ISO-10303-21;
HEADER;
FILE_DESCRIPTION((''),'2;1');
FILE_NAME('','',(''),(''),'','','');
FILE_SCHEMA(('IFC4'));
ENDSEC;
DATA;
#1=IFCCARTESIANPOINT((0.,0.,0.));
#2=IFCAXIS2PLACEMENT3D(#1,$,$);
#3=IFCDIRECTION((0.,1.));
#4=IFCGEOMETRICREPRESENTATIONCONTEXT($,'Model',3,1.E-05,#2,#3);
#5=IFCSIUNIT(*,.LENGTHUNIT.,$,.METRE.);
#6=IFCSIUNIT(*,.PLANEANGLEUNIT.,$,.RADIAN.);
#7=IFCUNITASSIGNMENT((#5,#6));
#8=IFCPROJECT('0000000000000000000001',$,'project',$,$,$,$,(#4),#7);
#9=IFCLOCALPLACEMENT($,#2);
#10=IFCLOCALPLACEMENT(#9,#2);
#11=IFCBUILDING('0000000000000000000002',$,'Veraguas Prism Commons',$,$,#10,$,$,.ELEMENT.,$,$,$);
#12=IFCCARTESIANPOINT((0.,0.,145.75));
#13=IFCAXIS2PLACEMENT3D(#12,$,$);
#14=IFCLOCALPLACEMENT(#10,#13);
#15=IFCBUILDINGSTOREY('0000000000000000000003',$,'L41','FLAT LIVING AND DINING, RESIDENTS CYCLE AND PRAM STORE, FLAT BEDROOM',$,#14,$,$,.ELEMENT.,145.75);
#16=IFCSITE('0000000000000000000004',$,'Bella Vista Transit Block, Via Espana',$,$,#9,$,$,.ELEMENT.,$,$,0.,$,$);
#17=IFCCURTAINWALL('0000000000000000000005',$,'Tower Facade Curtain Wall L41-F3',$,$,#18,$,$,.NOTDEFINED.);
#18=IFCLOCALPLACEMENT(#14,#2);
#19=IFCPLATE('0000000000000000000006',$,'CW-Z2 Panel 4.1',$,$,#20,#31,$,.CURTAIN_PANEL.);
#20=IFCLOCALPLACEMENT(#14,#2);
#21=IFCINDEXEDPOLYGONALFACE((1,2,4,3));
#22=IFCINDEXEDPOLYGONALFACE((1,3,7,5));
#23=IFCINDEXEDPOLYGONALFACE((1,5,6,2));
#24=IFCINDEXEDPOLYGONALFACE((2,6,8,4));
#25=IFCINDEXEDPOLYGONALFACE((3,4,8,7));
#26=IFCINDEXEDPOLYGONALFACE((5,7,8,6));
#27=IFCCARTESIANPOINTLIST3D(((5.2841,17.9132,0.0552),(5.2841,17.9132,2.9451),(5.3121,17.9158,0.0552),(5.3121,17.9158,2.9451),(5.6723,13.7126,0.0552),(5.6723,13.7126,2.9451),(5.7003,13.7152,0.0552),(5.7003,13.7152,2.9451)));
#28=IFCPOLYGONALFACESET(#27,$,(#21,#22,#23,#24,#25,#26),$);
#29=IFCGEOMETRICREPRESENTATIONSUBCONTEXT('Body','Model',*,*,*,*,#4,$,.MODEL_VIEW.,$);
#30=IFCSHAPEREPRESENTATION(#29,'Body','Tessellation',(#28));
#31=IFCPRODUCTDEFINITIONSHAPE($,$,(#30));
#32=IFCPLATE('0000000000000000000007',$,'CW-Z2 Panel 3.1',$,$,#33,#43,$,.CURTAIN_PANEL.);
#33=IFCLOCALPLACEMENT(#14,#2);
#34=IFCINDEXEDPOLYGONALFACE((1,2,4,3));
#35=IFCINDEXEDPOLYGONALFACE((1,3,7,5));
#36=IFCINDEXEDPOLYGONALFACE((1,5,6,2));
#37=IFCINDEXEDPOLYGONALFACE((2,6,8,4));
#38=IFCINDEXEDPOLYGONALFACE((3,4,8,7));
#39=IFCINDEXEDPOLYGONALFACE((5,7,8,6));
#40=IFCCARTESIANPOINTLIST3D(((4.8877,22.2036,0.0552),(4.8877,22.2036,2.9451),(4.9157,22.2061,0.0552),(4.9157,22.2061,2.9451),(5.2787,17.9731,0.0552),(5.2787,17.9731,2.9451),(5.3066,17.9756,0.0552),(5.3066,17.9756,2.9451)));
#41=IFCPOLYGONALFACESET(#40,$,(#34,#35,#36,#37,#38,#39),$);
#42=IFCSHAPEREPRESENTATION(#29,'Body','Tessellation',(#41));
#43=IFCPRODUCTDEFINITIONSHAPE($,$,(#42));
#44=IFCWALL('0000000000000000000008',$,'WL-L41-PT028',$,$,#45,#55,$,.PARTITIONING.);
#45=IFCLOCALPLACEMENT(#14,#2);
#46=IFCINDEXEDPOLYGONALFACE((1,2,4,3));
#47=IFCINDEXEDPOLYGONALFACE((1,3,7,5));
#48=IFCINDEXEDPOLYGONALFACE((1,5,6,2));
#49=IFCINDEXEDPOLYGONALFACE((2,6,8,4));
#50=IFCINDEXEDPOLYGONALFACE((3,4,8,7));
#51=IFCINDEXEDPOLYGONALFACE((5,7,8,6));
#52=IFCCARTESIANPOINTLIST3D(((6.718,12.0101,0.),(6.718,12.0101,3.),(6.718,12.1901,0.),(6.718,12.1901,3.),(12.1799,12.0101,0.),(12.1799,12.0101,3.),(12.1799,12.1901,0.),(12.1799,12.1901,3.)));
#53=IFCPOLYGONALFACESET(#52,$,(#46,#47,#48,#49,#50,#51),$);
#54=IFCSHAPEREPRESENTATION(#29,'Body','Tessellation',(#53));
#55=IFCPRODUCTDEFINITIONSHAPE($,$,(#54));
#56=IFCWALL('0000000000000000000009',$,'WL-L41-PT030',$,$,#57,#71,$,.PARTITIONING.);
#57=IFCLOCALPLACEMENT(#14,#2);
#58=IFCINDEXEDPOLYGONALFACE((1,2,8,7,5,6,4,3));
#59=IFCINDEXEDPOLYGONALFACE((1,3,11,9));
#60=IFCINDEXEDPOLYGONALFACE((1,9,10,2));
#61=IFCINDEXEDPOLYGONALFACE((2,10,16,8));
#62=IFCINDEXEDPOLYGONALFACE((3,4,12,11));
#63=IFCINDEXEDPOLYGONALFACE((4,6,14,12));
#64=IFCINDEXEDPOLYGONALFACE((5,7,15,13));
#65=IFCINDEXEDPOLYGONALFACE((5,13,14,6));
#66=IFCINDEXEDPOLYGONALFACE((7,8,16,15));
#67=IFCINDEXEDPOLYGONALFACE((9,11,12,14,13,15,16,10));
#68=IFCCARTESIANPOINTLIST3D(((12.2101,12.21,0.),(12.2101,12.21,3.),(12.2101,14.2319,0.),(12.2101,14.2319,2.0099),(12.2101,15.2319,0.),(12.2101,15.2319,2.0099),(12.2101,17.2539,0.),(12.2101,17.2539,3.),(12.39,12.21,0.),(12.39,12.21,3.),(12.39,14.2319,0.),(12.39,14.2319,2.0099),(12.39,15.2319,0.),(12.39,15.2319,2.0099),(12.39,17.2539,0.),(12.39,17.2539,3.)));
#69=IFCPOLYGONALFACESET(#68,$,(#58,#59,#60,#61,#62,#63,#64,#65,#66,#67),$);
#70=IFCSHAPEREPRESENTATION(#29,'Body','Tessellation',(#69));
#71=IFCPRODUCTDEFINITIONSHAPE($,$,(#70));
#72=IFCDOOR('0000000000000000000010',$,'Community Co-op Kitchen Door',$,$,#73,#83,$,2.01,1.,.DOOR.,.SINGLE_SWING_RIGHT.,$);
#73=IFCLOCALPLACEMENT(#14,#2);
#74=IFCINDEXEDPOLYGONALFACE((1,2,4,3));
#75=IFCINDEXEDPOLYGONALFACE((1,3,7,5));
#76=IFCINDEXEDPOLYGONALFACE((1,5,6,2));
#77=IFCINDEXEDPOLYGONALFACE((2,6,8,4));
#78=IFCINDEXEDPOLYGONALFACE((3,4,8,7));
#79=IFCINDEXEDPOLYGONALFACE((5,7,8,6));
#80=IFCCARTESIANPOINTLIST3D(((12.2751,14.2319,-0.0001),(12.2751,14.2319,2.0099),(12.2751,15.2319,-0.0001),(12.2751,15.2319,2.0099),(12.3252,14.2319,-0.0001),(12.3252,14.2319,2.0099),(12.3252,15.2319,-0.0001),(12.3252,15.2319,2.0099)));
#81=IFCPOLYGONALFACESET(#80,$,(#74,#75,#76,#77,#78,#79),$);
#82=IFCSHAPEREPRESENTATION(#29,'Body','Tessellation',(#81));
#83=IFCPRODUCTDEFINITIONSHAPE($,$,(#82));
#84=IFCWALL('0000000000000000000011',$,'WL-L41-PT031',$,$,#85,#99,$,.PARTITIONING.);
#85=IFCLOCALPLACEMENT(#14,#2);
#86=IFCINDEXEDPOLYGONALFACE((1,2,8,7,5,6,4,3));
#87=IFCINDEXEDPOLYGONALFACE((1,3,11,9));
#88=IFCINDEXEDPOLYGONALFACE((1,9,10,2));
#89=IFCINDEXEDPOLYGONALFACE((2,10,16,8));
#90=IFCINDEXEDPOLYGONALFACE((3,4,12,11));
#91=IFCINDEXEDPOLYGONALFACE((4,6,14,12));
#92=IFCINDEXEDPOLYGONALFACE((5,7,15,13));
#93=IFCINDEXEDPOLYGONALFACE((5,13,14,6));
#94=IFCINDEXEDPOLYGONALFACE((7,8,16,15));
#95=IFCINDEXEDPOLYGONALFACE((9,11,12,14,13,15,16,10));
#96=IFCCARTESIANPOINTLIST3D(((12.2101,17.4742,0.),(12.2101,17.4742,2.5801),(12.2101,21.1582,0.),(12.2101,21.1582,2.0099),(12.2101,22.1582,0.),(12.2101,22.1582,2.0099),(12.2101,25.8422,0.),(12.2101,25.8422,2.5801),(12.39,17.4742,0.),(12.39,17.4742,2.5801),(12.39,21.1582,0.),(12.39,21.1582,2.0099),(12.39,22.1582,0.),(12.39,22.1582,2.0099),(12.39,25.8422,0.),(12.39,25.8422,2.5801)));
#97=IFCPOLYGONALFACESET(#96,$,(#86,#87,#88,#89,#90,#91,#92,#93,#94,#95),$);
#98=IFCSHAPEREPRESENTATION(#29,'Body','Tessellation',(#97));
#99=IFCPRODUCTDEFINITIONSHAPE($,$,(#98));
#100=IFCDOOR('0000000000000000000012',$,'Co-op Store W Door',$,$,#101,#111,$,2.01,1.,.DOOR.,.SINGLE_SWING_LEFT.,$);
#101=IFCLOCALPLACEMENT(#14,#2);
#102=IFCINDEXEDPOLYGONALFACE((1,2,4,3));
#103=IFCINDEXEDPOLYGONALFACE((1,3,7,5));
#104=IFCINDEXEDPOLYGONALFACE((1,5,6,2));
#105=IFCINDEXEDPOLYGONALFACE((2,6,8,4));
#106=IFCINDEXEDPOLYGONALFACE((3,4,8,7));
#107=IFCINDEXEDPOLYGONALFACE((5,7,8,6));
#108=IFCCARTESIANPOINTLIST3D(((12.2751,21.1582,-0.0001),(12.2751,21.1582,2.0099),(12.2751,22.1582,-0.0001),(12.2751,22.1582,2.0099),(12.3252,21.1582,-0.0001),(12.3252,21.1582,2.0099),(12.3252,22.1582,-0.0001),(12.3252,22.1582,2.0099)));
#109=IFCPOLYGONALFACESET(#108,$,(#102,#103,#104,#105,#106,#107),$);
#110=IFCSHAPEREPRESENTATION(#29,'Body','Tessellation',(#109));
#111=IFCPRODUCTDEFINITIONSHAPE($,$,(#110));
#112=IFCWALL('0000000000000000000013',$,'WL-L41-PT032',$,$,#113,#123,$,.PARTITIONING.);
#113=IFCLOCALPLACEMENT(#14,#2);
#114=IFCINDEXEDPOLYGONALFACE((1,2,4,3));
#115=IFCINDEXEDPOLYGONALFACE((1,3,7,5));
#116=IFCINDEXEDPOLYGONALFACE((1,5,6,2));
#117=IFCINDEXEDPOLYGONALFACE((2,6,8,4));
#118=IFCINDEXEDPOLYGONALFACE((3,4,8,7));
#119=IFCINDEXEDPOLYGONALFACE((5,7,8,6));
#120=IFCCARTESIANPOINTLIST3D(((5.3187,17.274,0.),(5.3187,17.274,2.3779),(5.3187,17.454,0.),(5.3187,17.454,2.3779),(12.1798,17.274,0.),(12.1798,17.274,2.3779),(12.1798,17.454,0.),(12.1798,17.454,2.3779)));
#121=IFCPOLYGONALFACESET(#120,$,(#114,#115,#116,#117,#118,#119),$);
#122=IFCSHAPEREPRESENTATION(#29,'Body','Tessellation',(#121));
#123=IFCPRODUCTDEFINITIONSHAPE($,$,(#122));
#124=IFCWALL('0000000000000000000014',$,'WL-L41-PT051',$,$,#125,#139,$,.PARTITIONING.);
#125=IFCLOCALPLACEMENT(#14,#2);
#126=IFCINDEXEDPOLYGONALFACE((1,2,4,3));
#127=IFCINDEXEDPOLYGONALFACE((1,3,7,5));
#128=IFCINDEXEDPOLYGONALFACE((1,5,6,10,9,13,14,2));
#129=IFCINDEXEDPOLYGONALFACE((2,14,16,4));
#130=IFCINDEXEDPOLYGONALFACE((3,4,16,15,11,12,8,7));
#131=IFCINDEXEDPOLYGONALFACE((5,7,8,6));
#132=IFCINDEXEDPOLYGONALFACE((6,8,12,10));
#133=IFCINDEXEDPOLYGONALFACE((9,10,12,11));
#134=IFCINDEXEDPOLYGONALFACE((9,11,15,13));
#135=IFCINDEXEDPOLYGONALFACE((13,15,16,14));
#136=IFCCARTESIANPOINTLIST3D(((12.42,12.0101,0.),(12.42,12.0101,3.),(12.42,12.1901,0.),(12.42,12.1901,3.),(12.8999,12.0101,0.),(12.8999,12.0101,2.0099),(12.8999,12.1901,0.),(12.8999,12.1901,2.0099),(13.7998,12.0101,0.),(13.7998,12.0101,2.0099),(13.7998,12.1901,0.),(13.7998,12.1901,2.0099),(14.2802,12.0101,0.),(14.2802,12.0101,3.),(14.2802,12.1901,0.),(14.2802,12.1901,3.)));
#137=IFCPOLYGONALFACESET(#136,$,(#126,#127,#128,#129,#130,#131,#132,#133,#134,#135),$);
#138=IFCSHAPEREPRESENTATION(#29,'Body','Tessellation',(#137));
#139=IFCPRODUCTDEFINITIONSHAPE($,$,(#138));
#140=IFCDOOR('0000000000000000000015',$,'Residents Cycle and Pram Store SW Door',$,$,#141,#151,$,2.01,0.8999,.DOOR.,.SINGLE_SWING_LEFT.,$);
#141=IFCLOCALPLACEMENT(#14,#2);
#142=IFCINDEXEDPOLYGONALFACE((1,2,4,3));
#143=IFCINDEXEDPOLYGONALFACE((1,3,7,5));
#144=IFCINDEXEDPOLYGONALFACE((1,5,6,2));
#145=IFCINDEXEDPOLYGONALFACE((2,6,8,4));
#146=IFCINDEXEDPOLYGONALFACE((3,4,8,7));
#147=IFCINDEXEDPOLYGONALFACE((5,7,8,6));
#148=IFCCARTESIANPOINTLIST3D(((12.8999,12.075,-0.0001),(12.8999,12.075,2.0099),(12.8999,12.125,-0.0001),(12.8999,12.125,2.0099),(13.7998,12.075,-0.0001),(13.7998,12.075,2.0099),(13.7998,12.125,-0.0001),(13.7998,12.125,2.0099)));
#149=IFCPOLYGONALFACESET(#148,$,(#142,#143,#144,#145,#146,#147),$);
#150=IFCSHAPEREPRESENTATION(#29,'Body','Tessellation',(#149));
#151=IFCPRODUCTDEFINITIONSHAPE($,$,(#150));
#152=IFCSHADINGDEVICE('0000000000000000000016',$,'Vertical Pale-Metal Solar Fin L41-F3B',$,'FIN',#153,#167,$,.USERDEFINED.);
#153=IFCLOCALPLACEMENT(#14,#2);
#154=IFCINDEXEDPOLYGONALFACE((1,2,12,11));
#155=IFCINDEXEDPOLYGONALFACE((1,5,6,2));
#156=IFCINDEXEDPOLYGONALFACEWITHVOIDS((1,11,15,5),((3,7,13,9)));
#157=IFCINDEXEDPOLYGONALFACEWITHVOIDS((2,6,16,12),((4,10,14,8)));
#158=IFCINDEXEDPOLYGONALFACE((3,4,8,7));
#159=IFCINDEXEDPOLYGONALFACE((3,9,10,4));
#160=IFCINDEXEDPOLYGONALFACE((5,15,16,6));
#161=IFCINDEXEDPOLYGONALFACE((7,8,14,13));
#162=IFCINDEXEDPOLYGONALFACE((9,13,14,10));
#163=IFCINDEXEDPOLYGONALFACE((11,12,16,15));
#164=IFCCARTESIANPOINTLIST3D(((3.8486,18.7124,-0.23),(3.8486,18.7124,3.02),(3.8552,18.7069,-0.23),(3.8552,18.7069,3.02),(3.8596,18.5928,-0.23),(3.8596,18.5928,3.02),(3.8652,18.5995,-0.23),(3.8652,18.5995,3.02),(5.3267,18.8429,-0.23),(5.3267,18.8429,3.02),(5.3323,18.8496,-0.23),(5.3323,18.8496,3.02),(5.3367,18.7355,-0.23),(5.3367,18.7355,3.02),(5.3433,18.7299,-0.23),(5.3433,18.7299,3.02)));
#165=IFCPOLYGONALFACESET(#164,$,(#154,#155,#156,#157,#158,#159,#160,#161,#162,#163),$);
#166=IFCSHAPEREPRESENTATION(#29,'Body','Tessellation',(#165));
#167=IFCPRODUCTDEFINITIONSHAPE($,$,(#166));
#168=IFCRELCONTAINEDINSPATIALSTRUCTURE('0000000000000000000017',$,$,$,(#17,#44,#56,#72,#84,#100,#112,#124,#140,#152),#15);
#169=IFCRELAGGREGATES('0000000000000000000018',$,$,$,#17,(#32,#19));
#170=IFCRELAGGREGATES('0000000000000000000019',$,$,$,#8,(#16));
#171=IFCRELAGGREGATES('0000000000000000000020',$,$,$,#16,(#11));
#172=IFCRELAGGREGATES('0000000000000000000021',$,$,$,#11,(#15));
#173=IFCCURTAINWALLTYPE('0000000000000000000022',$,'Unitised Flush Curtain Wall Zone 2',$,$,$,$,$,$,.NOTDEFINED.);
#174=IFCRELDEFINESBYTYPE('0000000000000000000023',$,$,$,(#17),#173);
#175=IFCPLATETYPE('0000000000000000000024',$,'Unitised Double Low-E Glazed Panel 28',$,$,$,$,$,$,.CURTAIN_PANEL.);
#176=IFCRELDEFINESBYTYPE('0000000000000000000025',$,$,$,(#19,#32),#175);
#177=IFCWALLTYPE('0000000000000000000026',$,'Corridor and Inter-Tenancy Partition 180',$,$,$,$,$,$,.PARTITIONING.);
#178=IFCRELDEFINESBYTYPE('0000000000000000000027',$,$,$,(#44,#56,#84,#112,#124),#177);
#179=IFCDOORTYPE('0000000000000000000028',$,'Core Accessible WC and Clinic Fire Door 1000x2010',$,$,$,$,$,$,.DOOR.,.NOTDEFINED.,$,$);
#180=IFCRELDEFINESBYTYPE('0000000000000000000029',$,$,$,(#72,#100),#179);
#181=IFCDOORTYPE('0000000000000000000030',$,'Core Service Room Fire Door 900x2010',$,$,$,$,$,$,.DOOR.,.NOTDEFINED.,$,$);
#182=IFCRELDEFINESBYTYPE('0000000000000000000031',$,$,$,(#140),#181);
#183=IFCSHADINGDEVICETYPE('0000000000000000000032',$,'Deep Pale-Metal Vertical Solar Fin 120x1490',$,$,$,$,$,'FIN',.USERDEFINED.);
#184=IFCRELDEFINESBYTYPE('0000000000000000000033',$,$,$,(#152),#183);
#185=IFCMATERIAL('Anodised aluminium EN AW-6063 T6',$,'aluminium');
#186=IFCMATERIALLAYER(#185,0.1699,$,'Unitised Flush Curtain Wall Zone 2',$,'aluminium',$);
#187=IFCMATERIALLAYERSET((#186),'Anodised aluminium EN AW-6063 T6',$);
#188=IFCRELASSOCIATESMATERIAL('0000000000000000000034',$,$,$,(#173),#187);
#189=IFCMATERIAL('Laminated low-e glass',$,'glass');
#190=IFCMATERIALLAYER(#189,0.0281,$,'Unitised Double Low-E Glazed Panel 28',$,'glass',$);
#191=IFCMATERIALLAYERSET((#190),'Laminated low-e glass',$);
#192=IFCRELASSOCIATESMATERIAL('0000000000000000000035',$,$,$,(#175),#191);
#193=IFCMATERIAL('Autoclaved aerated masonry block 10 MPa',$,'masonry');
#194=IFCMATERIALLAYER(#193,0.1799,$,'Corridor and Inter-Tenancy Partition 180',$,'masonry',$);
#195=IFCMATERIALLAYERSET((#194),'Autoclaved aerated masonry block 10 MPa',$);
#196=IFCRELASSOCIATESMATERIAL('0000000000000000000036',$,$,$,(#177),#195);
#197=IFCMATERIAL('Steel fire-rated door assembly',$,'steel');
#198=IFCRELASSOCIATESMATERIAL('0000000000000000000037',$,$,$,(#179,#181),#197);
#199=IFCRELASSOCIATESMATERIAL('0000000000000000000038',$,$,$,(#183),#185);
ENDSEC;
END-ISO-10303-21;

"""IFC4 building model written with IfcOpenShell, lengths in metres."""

from ifc_helpers import new_model, si_unit, direction, frame, frame_2d, origin, origin_2d, place, context, subcontext, project, spatial, rectangle, hollow_rectangle, extrude, source, transform, mapped, material, layer, layer_set, material_profile, profile_set, type_object, element, fill, aggregate, save


model = new_model("IFC4")

# Units and contexts
model_context = context("Model", 3, precision=1e-05, world=origin(), true_north=direction((0.0, 1.0)))
body_context = subcontext(model_context, "Body", "Model", "MODEL_VIEW")
ifc_project = project(units=[si_unit("LENGTHUNIT", "METRE"), si_unit("PLANEANGLEUNIT", "RADIAN")], contexts=[model_context])

# Site, building, storey
site_placement = place(None, origin())
site = spatial("IfcSite", under=ifc_project, at=site_placement, Name="Bella Vista Transit Block, Via Espana", CompositionType="ELEMENT", RefElevation=0.0)
building_placement = place(site_placement, origin())
building = spatial("IfcBuilding", under=site, at=building_placement, Name="Veraguas Prism Commons", CompositionType="ELEMENT")
storey_placement = place(building_placement, frame((0.0, 0.0, 145.75)))
storey = spatial("IfcBuildingStorey", under=building, at=storey_placement, Name="L41", Description="FLAT LIVING AND DINING, RESIDENTS CYCLE AND PRAM STORE, FLAT BEDROOM", CompositionType="ELEMENT", Elevation=145.75)

# Curtain wall
ifc_material_1 = material(Name="Anodised aluminium EN AW-6063 T6", Category="aluminium")
ifc_layer_1 = layer(ifc_material_1, 0.1699, Name="Unitised Flush Curtain Wall Zone 2", Category="aluminium")
ifc_layer_set_1 = layer_set([ifc_layer_1], Name="Anodised aluminium EN AW-6063 T6")
curtain_wall_type = type_object("IfcCurtainWallType", Name="Unitised Flush Curtain Wall Zone 2", PredefinedType="NOTDEFINED", material=ifc_layer_set_1)
curtain_wall_1_placement = place(storey_placement, origin())
curtain_wall_1 = element("IfcCurtainWall", 1, at=curtain_wall_1_placement, inside=storey, type_object=curtain_wall_type, Name="Tower Facade Curtain Wall L41-F3", PredefinedType="NOTDEFINED")

# Plates
ifc_material_2 = material(Name="Laminated low-e glass", Category="glass")
ifc_layer_2 = layer(ifc_material_2, 0.0281, Name="Unitised Double Low-E Glazed Panel 28", Category="glass")
ifc_layer_set_2 = layer_set([ifc_layer_2], Name="Laminated low-e glass")
plate_type = type_object("IfcPlateType", Name="Unitised Double Low-E Glazed Panel 28", PredefinedType="CURTAIN_PANEL", material=ifc_layer_set_2)
shared_shape_1 = source(origin(), body_context, "Body", "SweptSolid", [
    extrude(rectangle(XDim=4.2185, YDim=0.0281, at=origin_2d()), origin(), (0.0, 0.0, 1.0), 2.8899),
])
plate_1_placement = place(storey_placement, frame((5.4922, 15.8142, 0.0552), z_axis=(0.0, 0.0, 1.0), x_axis=(0.092025, -0.995757, 0.0)))
plate_1 = element("IfcPlate", 2, at=plate_1_placement, type_object=plate_type, Name="CW-Z2 Panel 4.1", PredefinedType="CURTAIN_PANEL", context=body_context, shape_type="MappedRepresentation", body=[
    mapped(shared_shape_1, transform((0.0, 0.0, 0.0), scale=1.0)),
])
shared_shape_2 = source(origin(), body_context, "Body", "SweptSolid", [
    extrude(rectangle(XDim=4.2485, YDim=0.0281, at=origin_2d()), origin(), (0.0, 0.0, 1.0), 2.8899),
])
plate_2_placement = place(storey_placement, frame((5.0972, 20.0896, 0.0552), z_axis=(0.0, 0.0, 1.0), x_axis=(0.092025, -0.995757, 0.0)))
plate_2 = element("IfcPlate", 3, at=plate_2_placement, type_object=plate_type, Name="CW-Z2 Panel 3.1", PredefinedType="CURTAIN_PANEL", context=body_context, shape_type="MappedRepresentation", body=[
    mapped(shared_shape_2, transform((0.0, 0.0, 0.0), scale=1.0)),
])
aggregate(curtain_wall_1, [plate_2, plate_1])

# Wall
ifc_material_3 = material(Name="Autoclaved aerated masonry block 10 MPa", Category="masonry")
ifc_layer_3 = layer(ifc_material_3, 0.1799, Name="Corridor and Inter-Tenancy Partition 180", Category="masonry")
ifc_layer_set_3 = layer_set([ifc_layer_3], Name="Autoclaved aerated masonry block 10 MPa")
wall_type = type_object("IfcWallType", Name="Corridor and Inter-Tenancy Partition 180", PredefinedType="PARTITIONING", material=ifc_layer_set_3)
wall_1_placement = place(storey_placement, frame((12.1799, 12.1001, 0.0), z_axis=(0.0, 0.0, 1.0), x_axis=(-1.0, 0.0, 0.0)))
element("IfcWall", 4, at=wall_1_placement, inside=storey, type_object=wall_type, Name="WL-L41-PT028", PredefinedType="PARTITIONING", context=body_context, shape_type="SweptSolid", body=[
    extrude(rectangle(XDim=5.4619, YDim=0.1799, at=frame_2d((2.731, 0.0))), origin(), (0.0, 0.0, 1.0), 3.0),
])

# Walls, openings, doors
wall_2_placement = place(storey_placement, frame((12.3, 12.21, 0.0), z_axis=(0.0, 0.0, 1.0), x_axis=(0.0, 1.0, 0.0)))
wall_2 = element("IfcWall", 5, at=wall_2_placement, inside=storey, type_object=wall_type, Name="WL-L41-PT030", PredefinedType="PARTITIONING", context=body_context, shape_type="SweptSolid", body=[
    extrude(rectangle(XDim=5.0439, YDim=0.1799, at=frame_2d((2.522, 0.0))), origin(), (0.0, 0.0, 1.0), 3.0),
])
opening_1_placement = place(wall_2_placement, frame((2.022, 0.0, 0.0)))
opening_1 = element("IfcOpeningElement", 6, at=opening_1_placement, cuts=wall_2, PredefinedType="OPENING", context=body_context, shape_type="SweptSolid", body=[
    extrude(rectangle(XDim=1.0, YDim=2.01, at=frame_2d((0.5, 1.0049))), frame((0.0, 0.0999, 0.0), z_axis=(0.0, -1.0, 0.0), x_axis=(1.0, 0.0, 0.0)), (0.0, 0.0, 1.0), 0.2),
])
ifc_material_4 = material(Name="Steel fire-rated door assembly", Category="steel")
door_type_1 = type_object("IfcDoorType", Name="Core Accessible WC and Clinic Fire Door 1000x2010", OperationType="NOTDEFINED", PredefinedType="DOOR", material=ifc_material_4)
shared_shape_3 = source(origin(), body_context, "Body", "SweptSolid", [
    extrude(rectangle(XDim=1.0, YDim=2.01, at=frame_2d((0.5, 1.0049))), frame((0.0, 0.0249, 0.0), z_axis=(0.0, -1.0, 0.0), x_axis=(1.0, 0.0, 0.0)), (0.0, 0.0, 1.0), 0.05),
])
door_1_placement = place(opening_1_placement, origin())
door_1 = element("IfcDoor", 7, at=door_1_placement, inside=storey, type_object=door_type_1, Name="Community Co-op Kitchen Door", OperationType="SINGLE_SWING_RIGHT", OverallHeight=2.01, OverallWidth=1.0, PredefinedType="DOOR", context=body_context, shape_type="MappedRepresentation", body=[
    mapped(shared_shape_3, transform((0.0, 0.0, 0.0), scale=1.0)),
])
fill(opening_1, door_1)
wall_3_placement = place(storey_placement, frame((12.3, 17.4741, 0.0), z_axis=(0.0, 0.0, 1.0), x_axis=(0.0, 1.0, 0.0)))
wall_3 = element("IfcWall", 8, at=wall_3_placement, inside=storey, type_object=wall_type, Name="WL-L41-PT031", PredefinedType="PARTITIONING", context=body_context, shape_type="SweptSolid", body=[
    extrude(rectangle(XDim=8.3679, YDim=0.1799, at=frame_2d((4.1841, 0.0))), origin(), (0.0, 0.0, 1.0), 2.5801),
])
opening_2_placement = place(wall_3_placement, frame((3.6841, 0.0, 0.0)))
opening_2 = element("IfcOpeningElement", 9, at=opening_2_placement, cuts=wall_3, PredefinedType="OPENING", context=body_context, shape_type="SweptSolid", body=[
    extrude(rectangle(XDim=1.0, YDim=2.01, at=frame_2d((0.5, 1.0049))), frame((0.0, 0.0999, 0.0), z_axis=(0.0, -1.0, 0.0), x_axis=(1.0, 0.0, 0.0)), (0.0, 0.0, 1.0), 0.2),
])
door_2_placement = place(opening_2_placement, origin())
door_2 = element("IfcDoor", 10, at=door_2_placement, inside=storey, type_object=door_type_1, Name="Co-op Store W Door", OperationType="SINGLE_SWING_LEFT", OverallHeight=2.01, OverallWidth=1.0, PredefinedType="DOOR", context=body_context, shape_type="MappedRepresentation", body=[
    mapped(shared_shape_3, transform((0.0, 0.0, 0.0), scale=1.0)),
])
fill(opening_2, door_2)

# Wall
wall_4_placement = place(storey_placement, frame((12.1799, 17.364, 0.0), z_axis=(0.0, 0.0, 1.0), x_axis=(-1.0, 0.0, 0.0)))
element("IfcWall", 11, at=wall_4_placement, inside=storey, type_object=wall_type, Name="WL-L41-PT032", PredefinedType="PARTITIONING", context=body_context, shape_type="SweptSolid", body=[
    extrude(rectangle(XDim=6.8611, YDim=0.1799, at=frame_2d((3.4307, 0.0))), origin(), (0.0, 0.0, 1.0), 2.3779),
])

# Wall, opening, door
wall_5_placement = place(storey_placement, frame((12.4199, 12.1001, 0.0), z_axis=(0.0, 0.0, 1.0), x_axis=(1.0, 0.0, 0.0)))
wall_5 = element("IfcWall", 12, at=wall_5_placement, inside=storey, type_object=wall_type, Name="WL-L41-PT051", PredefinedType="PARTITIONING", context=body_context, shape_type="SweptSolid", body=[
    extrude(rectangle(XDim=1.8601, YDim=0.1799, at=frame_2d((0.9302, 0.0))), origin(), (0.0, 0.0, 1.0), 3.0),
])
opening_3_placement = place(wall_5_placement, frame((0.48, 0.0, 0.0)))
opening_3 = element("IfcOpeningElement", 13, at=opening_3_placement, cuts=wall_5, PredefinedType="OPENING", context=body_context, shape_type="SweptSolid", body=[
    extrude(rectangle(XDim=0.8999, YDim=2.01, at=frame_2d((0.45, 1.0049))), frame((0.0, 0.0999, 0.0), z_axis=(0.0, -1.0, 0.0), x_axis=(1.0, 0.0, 0.0)), (0.0, 0.0, 1.0), 0.2),
])
door_type_2 = type_object("IfcDoorType", Name="Core Service Room Fire Door 900x2010", OperationType="NOTDEFINED", PredefinedType="DOOR", material=ifc_material_4)
shared_shape_4 = source(origin(), body_context, "Body", "SweptSolid", [
    extrude(rectangle(XDim=0.8999, YDim=2.01, at=frame_2d((0.45, 1.0049))), frame((0.0, 0.0249, 0.0), z_axis=(0.0, -1.0, 0.0), x_axis=(1.0, 0.0, 0.0)), (0.0, 0.0, 1.0), 0.05),
])
door_3_placement = place(opening_3_placement, origin())
door_3 = element("IfcDoor", 14, at=door_3_placement, inside=storey, type_object=door_type_2, Name="Residents Cycle and Pram Store SW Door", OperationType="SINGLE_SWING_LEFT", OverallHeight=2.01, OverallWidth=0.8999, PredefinedType="DOOR", context=body_context, shape_type="MappedRepresentation", body=[
    mapped(shared_shape_4, transform((0.0, 0.0, 0.0), scale=1.0)),
])
fill(opening_3, door_3)

# Shading device
ifc_material_profile_1 = material_profile(ifc_material_1, hollow_rectangle(XDim=0.1201, YDim=1.49, WallThickness=0.0061, at=origin_2d()), Name="FIN120X1490X6")
ifc_profile_set_1 = profile_set([ifc_material_profile_1], Name="Anodised aluminium EN AW-6063 T6")
shading_device_type = type_object("IfcShadingDeviceType", Name="Deep Pale-Metal Vertical Solar Fin 120x1490", ElementType="FIN", PredefinedType="USERDEFINED", material=ifc_profile_set_1)
shading_device_placement = place(storey_placement, frame((4.5959, 18.7212, -0.23), z_axis=(0.0, 0.0, 1.0), x_axis=(0.092023, -0.995757, 0.0)))
element("IfcShadingDevice", 15, at=shading_device_placement, inside=storey, type_object=shading_device_type, Name="Vertical Pale-Metal Solar Fin L41-F3B", ObjectType="FIN", PredefinedType="USERDEFINED", context=body_context, shape_type="SweptSolid", body=[
    extrude(hollow_rectangle(XDim=0.1201, YDim=1.49, WallThickness=0.0061, at=origin_2d()), origin(), (0.0, 0.0, 1.0), 3.25),
])

save(model, "model.ifc")
